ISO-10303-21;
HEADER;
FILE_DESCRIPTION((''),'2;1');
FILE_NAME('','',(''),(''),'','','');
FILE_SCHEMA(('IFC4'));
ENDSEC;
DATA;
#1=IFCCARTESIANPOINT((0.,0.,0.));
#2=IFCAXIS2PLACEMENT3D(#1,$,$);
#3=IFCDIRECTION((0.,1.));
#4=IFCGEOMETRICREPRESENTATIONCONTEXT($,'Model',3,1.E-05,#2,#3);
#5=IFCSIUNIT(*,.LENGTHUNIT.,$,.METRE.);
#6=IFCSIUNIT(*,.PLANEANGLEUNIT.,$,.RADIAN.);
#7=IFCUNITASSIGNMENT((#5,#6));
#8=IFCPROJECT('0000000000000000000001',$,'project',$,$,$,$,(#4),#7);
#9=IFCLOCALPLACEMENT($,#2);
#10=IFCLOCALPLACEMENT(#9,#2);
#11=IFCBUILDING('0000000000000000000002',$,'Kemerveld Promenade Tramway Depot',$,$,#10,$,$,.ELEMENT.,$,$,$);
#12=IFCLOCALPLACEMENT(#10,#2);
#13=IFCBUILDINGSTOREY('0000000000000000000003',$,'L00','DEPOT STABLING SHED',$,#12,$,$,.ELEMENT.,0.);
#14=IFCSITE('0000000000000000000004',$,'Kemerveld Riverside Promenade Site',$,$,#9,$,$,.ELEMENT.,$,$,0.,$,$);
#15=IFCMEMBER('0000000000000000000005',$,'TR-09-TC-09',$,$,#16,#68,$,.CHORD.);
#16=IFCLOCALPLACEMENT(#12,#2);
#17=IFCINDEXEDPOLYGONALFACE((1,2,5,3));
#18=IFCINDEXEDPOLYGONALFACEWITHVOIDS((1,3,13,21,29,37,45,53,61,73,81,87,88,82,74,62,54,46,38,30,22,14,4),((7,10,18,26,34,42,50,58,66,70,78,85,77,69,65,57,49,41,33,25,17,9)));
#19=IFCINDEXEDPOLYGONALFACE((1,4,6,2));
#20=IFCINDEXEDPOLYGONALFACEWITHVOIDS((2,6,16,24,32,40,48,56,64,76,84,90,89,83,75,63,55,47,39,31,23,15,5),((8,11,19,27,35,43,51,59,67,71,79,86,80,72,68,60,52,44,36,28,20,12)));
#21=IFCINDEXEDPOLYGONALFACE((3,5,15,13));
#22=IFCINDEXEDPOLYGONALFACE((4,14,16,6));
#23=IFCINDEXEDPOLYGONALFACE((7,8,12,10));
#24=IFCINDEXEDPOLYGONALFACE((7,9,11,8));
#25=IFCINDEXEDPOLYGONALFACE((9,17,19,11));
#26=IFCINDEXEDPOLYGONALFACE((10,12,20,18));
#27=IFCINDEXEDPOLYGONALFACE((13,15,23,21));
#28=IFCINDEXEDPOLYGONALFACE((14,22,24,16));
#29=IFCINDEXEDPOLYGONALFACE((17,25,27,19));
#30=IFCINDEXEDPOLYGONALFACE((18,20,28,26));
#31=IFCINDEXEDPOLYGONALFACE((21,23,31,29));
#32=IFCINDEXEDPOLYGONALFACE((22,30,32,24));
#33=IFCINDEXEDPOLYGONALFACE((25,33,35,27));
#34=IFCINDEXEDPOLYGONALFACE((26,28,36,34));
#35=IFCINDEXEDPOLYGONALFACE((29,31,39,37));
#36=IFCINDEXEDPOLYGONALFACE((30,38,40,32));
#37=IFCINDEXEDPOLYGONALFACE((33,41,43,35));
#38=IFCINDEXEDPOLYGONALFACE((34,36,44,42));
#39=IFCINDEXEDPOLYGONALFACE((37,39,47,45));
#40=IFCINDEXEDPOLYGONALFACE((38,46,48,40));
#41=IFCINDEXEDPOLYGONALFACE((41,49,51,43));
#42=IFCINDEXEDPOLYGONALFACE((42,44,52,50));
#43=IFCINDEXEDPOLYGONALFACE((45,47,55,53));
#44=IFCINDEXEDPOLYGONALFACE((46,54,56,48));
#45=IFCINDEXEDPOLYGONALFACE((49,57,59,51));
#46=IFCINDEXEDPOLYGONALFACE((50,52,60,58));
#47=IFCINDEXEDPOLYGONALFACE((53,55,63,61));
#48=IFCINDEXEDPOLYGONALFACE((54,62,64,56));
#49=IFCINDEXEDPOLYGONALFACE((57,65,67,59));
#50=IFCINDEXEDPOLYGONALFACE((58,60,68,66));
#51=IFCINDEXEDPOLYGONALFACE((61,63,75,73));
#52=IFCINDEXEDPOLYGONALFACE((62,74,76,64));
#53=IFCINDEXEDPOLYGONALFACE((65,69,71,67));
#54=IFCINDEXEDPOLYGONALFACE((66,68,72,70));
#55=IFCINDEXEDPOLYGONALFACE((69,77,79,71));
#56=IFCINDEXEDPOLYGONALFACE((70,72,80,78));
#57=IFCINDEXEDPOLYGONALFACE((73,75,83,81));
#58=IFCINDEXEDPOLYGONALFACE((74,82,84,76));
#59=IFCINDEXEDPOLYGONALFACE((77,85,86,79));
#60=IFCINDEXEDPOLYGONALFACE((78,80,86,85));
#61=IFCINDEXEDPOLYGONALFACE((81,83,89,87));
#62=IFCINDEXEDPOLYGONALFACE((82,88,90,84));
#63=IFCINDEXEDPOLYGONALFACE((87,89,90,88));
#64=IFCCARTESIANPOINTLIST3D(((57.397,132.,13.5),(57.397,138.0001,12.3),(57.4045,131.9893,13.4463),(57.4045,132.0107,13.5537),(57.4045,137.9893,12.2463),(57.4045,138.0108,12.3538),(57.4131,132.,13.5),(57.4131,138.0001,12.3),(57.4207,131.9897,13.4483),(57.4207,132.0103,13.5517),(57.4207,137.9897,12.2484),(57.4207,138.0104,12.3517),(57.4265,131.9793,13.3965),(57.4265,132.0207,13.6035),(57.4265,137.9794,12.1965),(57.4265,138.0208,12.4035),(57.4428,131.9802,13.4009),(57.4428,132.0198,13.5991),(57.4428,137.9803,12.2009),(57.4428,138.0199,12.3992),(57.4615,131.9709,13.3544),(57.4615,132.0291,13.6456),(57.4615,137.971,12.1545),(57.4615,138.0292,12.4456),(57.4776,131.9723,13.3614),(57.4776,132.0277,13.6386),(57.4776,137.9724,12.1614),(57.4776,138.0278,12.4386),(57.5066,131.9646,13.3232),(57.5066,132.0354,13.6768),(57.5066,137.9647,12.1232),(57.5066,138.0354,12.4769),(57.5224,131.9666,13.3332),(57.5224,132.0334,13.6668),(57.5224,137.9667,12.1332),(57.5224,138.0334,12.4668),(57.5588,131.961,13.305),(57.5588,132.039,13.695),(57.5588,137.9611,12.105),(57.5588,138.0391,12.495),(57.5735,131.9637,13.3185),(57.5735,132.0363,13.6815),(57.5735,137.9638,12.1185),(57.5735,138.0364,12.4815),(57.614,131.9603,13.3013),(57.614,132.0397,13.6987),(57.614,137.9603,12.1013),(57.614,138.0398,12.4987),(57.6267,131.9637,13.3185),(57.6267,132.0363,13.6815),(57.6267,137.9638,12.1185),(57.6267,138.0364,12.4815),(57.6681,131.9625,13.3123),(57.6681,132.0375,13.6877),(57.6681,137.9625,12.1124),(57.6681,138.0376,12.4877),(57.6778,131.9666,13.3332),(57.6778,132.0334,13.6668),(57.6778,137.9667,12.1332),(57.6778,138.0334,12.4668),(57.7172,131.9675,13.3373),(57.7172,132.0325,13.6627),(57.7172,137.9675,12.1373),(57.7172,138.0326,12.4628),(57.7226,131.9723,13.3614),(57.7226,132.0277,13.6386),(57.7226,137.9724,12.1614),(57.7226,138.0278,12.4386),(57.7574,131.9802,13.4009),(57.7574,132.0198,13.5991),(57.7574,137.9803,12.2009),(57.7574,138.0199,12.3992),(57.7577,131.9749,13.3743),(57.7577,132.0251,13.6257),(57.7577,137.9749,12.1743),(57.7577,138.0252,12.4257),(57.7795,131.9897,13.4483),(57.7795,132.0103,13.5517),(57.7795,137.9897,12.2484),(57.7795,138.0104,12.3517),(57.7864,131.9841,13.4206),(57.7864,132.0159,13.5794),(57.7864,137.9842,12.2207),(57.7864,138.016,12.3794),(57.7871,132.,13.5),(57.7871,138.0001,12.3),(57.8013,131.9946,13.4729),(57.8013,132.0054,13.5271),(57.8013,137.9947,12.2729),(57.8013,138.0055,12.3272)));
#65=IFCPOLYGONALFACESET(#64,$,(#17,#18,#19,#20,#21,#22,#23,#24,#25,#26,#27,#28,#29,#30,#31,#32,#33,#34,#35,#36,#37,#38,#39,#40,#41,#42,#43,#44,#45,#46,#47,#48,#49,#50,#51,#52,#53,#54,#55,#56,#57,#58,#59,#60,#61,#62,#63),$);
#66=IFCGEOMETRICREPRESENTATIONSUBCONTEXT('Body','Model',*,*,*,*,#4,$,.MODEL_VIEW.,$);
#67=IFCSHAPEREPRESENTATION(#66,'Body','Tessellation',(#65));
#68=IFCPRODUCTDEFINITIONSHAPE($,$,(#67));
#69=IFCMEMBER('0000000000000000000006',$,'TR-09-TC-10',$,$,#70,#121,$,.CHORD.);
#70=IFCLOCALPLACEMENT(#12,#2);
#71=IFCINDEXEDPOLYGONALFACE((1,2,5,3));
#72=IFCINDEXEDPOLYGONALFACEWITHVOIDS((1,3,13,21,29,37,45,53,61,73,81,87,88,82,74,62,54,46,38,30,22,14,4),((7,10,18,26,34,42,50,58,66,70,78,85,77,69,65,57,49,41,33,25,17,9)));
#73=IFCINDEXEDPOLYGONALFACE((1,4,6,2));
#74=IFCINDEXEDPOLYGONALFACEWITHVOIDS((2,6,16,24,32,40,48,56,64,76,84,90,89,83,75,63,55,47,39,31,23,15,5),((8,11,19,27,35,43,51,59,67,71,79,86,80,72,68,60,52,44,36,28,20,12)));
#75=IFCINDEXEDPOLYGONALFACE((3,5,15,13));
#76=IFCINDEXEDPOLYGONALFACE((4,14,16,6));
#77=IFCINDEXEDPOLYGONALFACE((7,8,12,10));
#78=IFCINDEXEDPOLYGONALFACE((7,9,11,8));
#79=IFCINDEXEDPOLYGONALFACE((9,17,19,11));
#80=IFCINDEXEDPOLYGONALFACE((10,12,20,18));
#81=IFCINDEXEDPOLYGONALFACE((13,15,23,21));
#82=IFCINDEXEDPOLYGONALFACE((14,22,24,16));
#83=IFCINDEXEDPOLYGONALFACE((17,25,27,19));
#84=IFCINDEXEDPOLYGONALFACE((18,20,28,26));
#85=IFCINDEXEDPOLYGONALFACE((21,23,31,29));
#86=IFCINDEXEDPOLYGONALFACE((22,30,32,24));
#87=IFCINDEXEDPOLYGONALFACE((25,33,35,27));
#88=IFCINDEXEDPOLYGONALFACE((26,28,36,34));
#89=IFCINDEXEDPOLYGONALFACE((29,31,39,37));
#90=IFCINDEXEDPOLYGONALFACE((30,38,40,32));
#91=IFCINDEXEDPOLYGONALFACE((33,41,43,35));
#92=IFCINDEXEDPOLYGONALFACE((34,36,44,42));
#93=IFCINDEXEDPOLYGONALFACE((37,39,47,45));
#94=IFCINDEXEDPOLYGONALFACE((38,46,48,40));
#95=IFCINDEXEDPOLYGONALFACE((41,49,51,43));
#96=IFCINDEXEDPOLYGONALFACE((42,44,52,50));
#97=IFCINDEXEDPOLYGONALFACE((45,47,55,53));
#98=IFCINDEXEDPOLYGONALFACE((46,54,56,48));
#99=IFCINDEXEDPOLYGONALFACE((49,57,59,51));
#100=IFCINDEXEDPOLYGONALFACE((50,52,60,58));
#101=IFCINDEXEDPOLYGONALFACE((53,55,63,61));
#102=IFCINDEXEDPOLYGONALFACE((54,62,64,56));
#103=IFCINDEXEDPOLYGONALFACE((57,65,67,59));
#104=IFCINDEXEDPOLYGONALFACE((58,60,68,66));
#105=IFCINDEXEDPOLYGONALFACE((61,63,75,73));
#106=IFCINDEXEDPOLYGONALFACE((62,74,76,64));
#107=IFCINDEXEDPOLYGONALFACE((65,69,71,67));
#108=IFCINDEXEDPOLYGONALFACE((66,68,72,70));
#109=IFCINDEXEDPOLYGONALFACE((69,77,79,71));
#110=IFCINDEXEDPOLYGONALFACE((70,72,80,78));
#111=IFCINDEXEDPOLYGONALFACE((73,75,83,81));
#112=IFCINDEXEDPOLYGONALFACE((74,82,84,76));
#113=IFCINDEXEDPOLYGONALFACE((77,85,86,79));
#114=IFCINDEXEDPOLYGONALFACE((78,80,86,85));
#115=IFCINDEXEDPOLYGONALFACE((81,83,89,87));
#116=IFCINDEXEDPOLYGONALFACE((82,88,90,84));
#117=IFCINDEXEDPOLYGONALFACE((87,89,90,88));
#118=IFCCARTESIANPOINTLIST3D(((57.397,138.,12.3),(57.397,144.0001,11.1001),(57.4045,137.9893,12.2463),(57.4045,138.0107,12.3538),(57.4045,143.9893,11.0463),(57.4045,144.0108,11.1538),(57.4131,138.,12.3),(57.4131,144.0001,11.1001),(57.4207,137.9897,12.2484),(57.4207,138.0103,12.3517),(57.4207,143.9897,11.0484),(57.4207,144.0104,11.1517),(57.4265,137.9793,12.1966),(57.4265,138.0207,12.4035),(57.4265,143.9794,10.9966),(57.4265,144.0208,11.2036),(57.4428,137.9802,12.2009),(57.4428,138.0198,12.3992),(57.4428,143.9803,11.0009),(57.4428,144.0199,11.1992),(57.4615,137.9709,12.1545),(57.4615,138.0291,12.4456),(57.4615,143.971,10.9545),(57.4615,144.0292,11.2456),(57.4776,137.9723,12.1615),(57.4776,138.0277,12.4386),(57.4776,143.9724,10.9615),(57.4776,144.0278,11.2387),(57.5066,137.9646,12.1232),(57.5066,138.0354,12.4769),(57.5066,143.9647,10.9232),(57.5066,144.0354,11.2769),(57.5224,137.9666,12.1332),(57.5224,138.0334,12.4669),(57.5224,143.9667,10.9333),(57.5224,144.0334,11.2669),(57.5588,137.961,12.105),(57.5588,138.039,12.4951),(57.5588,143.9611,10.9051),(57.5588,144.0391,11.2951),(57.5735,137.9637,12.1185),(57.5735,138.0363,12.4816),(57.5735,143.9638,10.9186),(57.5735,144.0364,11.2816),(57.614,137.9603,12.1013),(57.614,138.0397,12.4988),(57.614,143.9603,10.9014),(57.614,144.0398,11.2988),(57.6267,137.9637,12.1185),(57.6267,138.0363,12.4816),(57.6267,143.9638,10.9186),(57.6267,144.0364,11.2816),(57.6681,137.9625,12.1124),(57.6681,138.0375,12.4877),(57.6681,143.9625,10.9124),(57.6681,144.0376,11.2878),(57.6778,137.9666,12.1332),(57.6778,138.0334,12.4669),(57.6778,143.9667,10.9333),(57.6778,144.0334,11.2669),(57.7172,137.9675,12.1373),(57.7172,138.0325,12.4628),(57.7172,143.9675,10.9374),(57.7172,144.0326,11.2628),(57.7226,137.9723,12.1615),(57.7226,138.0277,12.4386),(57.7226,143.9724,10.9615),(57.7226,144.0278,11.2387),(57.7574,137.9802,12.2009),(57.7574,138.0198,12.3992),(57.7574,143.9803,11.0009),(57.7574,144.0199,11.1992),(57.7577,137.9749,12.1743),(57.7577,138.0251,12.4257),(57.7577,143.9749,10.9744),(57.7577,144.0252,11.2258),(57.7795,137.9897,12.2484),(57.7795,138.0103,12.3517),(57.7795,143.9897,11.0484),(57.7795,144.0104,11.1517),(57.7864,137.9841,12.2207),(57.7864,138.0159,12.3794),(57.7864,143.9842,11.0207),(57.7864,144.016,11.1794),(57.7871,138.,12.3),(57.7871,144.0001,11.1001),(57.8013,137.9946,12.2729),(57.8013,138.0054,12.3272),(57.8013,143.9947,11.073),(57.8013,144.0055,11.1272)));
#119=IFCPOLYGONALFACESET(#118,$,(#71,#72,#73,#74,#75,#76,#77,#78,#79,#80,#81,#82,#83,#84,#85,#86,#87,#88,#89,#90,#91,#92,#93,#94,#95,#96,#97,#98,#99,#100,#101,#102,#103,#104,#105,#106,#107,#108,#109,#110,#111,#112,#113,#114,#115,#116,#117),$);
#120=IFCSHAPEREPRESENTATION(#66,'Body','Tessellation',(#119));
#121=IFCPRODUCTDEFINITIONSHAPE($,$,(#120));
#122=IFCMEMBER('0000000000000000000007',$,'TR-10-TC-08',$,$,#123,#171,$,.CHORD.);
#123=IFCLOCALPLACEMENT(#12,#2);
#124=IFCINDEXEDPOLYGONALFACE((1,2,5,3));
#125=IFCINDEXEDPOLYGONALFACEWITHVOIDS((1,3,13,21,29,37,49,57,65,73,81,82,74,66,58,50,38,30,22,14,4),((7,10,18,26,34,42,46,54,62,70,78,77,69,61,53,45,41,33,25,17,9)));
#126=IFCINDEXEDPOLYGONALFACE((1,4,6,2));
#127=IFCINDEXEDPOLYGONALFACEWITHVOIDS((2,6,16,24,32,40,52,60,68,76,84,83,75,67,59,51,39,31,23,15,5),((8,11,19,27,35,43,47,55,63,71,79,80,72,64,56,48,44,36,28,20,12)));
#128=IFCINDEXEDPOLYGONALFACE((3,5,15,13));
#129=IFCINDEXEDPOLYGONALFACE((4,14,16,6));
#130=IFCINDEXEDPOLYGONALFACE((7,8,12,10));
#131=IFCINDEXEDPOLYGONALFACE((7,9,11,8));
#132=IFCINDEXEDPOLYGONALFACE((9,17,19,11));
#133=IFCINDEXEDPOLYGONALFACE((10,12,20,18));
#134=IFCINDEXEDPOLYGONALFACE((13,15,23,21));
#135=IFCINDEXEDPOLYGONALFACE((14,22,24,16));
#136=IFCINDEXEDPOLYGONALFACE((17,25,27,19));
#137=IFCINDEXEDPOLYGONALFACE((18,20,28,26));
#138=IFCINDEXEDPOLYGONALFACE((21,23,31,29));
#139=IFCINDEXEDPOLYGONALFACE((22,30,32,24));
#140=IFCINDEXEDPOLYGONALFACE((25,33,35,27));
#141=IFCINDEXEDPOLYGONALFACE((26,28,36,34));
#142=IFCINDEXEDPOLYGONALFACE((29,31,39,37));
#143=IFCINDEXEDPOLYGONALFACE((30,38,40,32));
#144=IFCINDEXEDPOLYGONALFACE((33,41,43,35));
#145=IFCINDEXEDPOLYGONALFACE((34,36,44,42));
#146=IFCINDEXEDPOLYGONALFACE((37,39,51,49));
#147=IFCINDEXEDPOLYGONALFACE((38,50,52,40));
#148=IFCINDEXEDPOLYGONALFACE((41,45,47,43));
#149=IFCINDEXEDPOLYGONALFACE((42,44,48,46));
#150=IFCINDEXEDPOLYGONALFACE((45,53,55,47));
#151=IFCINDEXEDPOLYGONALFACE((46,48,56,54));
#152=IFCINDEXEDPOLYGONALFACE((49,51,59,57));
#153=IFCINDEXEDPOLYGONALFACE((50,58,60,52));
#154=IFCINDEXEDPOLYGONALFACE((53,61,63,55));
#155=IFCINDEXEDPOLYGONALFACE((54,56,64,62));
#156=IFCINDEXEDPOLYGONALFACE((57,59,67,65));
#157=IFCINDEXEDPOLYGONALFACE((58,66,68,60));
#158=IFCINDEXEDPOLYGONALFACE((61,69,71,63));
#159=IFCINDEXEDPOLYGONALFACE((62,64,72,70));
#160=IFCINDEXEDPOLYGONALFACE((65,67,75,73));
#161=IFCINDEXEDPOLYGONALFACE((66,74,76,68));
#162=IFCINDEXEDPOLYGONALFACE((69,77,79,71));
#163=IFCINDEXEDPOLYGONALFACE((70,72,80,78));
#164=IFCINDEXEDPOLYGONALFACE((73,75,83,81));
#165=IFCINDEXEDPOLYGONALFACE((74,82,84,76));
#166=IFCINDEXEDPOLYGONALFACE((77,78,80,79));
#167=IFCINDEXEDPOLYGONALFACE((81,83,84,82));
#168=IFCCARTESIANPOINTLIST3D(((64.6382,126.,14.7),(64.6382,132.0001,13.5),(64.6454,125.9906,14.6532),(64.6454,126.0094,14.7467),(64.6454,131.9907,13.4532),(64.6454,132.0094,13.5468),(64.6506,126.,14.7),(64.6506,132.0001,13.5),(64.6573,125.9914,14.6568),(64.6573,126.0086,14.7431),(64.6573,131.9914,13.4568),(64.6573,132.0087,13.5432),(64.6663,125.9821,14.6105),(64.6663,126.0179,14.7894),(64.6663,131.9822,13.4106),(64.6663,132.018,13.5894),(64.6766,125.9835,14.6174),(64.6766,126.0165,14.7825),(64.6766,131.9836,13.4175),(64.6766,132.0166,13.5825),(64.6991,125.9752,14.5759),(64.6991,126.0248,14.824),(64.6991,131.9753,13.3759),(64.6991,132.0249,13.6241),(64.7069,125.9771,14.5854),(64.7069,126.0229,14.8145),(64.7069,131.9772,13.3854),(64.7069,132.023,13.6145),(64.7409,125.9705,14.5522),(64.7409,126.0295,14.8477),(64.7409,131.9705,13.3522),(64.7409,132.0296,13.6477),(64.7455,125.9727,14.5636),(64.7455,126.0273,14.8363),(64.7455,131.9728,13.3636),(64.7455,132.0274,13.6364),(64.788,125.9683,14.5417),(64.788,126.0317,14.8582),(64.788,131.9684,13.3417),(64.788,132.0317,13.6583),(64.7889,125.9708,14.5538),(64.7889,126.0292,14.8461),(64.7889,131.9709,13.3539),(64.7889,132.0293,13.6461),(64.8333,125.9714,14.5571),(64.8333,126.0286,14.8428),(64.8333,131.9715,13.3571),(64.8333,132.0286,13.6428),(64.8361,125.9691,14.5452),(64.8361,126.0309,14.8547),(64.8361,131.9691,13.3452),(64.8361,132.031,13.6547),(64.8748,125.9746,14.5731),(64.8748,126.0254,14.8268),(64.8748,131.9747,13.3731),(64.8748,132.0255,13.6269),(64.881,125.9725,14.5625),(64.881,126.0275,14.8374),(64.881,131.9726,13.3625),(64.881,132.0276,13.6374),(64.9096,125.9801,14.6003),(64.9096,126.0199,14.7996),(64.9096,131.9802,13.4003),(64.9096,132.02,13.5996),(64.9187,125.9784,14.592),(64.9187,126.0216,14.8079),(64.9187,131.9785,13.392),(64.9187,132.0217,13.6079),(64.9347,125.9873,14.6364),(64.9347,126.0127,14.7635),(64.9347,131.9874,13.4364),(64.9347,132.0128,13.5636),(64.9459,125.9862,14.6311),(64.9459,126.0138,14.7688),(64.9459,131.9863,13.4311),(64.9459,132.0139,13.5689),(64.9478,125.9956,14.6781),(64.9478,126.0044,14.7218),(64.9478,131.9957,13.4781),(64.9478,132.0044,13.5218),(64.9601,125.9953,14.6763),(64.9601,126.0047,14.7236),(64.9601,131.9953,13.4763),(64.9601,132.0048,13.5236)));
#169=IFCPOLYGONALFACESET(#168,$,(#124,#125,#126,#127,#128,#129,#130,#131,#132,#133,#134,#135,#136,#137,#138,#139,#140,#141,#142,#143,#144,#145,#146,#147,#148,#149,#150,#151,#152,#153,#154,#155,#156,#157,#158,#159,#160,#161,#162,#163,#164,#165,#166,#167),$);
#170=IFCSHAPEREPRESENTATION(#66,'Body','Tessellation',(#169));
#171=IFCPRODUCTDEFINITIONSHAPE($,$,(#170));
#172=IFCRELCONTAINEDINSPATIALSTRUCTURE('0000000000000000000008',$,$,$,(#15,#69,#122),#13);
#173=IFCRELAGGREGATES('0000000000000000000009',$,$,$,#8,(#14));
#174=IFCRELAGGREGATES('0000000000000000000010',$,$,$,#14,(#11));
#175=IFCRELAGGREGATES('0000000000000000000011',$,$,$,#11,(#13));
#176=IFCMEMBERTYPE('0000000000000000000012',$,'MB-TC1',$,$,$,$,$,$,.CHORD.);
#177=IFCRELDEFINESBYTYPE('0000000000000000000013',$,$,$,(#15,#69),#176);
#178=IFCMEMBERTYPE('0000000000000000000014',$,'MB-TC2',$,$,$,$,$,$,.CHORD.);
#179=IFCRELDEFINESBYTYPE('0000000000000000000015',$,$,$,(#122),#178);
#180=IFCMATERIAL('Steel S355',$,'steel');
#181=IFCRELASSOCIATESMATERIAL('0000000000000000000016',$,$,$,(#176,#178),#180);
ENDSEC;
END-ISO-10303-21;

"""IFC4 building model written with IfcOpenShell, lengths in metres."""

from ifc_helpers import new_model, si_unit, direction, frame, origin, origin_2d, place, context, subcontext, project, spatial, hollow_circle, extrude, material, material_profile, profile_set, type_object, element, save


model = new_model("IFC4")

# Units and contexts
model_context = context("Model", 3, precision=1e-05, world=origin(), true_north=direction((0.0, 1.0)))
body_context = subcontext(model_context, "Body", "Model", "MODEL_VIEW")
ifc_project = project(units=[si_unit("LENGTHUNIT", "METRE"), si_unit("PLANEANGLEUNIT", "RADIAN")], contexts=[model_context])

# Site, building, storey
site_placement = place(None, origin())
site = spatial("IfcSite", under=ifc_project, at=site_placement, Name="Kemerveld Riverside Promenade Site", CompositionType="ELEMENT", RefElevation=0.0)
building_placement = place(site_placement, origin())
building = spatial("IfcBuilding", under=site, at=building_placement, Name="Kemerveld Promenade Tramway Depot", CompositionType="ELEMENT")
storey_placement = place(building_placement, origin())
storey = spatial("IfcBuildingStorey", under=building, at=storey_placement, Name="L00", Description="DEPOT STABLING SHED", CompositionType="ELEMENT", Elevation=0.0)

# Members
ifc_material_1 = material(Name="Steel S355", Category="steel")
ifc_material_profile_1 = material_profile(ifc_material_1, hollow_circle(Radius=0.2031, WallThickness=0.0161, at=origin_2d()), Name="406.4x16.0 CHS")
ifc_profile_set_1 = profile_set([ifc_material_profile_1], Name="Steel S355")
member_type_1 = type_object("IfcMemberType", Name="MB-TC1", PredefinedType="CHORD", material=ifc_profile_set_1)
for number, where, z_axis, x_axis, name in (
    (1, (57.6001, 132.0, 13.5), (0.0, 0.980582, -0.196108), (-1.0, 0.0, 0.0), "TR-09-TC-09"),
    (2, (57.6001, 138.0, 12.3), (0.0, 0.980582, -0.196108), (-1.0, 0.0, 0.0), "TR-09-TC-10"),
):
    element("IfcMember", number, at=place(storey_placement, frame(where, z_axis=z_axis, x_axis=x_axis)), inside=storey, type_object=member_type_1, Name=name, PredefinedType="CHORD", context=body_context, shape_type="SweptSolid", body=[
        extrude(hollow_circle(Radius=0.2031, WallThickness=0.0161, at=origin_2d()), origin(), (0.0, 0.0, 1.0), 6.1189),
    ])
ifc_material_profile_2 = material_profile(ifc_material_1, hollow_circle(Radius=0.1619, WallThickness=0.0125, at=origin_2d()), Name="323.9x12.5 CHS")
ifc_profile_set_2 = profile_set([ifc_material_profile_2], Name="Steel S355")
member_type_2 = type_object("IfcMemberType", Name="MB-TC2", PredefinedType="CHORD", material=ifc_profile_set_2)
member_1_placement = place(storey_placement, frame((64.8, 126.0, 14.7), z_axis=(0.0, 0.980582, -0.196108), x_axis=(-1.0, 0.0, 0.0)))
element("IfcMember", 3, at=member_1_placement, inside=storey, type_object=member_type_2, Name="TR-10-TC-08", PredefinedType="CHORD", context=body_context, shape_type="SweptSolid", body=[
    extrude(hollow_circle(Radius=0.1619, WallThickness=0.0125, at=origin_2d()), origin(), (0.0, 0.0, 1.0), 6.1189),
])

save(model, "model.ifc")
